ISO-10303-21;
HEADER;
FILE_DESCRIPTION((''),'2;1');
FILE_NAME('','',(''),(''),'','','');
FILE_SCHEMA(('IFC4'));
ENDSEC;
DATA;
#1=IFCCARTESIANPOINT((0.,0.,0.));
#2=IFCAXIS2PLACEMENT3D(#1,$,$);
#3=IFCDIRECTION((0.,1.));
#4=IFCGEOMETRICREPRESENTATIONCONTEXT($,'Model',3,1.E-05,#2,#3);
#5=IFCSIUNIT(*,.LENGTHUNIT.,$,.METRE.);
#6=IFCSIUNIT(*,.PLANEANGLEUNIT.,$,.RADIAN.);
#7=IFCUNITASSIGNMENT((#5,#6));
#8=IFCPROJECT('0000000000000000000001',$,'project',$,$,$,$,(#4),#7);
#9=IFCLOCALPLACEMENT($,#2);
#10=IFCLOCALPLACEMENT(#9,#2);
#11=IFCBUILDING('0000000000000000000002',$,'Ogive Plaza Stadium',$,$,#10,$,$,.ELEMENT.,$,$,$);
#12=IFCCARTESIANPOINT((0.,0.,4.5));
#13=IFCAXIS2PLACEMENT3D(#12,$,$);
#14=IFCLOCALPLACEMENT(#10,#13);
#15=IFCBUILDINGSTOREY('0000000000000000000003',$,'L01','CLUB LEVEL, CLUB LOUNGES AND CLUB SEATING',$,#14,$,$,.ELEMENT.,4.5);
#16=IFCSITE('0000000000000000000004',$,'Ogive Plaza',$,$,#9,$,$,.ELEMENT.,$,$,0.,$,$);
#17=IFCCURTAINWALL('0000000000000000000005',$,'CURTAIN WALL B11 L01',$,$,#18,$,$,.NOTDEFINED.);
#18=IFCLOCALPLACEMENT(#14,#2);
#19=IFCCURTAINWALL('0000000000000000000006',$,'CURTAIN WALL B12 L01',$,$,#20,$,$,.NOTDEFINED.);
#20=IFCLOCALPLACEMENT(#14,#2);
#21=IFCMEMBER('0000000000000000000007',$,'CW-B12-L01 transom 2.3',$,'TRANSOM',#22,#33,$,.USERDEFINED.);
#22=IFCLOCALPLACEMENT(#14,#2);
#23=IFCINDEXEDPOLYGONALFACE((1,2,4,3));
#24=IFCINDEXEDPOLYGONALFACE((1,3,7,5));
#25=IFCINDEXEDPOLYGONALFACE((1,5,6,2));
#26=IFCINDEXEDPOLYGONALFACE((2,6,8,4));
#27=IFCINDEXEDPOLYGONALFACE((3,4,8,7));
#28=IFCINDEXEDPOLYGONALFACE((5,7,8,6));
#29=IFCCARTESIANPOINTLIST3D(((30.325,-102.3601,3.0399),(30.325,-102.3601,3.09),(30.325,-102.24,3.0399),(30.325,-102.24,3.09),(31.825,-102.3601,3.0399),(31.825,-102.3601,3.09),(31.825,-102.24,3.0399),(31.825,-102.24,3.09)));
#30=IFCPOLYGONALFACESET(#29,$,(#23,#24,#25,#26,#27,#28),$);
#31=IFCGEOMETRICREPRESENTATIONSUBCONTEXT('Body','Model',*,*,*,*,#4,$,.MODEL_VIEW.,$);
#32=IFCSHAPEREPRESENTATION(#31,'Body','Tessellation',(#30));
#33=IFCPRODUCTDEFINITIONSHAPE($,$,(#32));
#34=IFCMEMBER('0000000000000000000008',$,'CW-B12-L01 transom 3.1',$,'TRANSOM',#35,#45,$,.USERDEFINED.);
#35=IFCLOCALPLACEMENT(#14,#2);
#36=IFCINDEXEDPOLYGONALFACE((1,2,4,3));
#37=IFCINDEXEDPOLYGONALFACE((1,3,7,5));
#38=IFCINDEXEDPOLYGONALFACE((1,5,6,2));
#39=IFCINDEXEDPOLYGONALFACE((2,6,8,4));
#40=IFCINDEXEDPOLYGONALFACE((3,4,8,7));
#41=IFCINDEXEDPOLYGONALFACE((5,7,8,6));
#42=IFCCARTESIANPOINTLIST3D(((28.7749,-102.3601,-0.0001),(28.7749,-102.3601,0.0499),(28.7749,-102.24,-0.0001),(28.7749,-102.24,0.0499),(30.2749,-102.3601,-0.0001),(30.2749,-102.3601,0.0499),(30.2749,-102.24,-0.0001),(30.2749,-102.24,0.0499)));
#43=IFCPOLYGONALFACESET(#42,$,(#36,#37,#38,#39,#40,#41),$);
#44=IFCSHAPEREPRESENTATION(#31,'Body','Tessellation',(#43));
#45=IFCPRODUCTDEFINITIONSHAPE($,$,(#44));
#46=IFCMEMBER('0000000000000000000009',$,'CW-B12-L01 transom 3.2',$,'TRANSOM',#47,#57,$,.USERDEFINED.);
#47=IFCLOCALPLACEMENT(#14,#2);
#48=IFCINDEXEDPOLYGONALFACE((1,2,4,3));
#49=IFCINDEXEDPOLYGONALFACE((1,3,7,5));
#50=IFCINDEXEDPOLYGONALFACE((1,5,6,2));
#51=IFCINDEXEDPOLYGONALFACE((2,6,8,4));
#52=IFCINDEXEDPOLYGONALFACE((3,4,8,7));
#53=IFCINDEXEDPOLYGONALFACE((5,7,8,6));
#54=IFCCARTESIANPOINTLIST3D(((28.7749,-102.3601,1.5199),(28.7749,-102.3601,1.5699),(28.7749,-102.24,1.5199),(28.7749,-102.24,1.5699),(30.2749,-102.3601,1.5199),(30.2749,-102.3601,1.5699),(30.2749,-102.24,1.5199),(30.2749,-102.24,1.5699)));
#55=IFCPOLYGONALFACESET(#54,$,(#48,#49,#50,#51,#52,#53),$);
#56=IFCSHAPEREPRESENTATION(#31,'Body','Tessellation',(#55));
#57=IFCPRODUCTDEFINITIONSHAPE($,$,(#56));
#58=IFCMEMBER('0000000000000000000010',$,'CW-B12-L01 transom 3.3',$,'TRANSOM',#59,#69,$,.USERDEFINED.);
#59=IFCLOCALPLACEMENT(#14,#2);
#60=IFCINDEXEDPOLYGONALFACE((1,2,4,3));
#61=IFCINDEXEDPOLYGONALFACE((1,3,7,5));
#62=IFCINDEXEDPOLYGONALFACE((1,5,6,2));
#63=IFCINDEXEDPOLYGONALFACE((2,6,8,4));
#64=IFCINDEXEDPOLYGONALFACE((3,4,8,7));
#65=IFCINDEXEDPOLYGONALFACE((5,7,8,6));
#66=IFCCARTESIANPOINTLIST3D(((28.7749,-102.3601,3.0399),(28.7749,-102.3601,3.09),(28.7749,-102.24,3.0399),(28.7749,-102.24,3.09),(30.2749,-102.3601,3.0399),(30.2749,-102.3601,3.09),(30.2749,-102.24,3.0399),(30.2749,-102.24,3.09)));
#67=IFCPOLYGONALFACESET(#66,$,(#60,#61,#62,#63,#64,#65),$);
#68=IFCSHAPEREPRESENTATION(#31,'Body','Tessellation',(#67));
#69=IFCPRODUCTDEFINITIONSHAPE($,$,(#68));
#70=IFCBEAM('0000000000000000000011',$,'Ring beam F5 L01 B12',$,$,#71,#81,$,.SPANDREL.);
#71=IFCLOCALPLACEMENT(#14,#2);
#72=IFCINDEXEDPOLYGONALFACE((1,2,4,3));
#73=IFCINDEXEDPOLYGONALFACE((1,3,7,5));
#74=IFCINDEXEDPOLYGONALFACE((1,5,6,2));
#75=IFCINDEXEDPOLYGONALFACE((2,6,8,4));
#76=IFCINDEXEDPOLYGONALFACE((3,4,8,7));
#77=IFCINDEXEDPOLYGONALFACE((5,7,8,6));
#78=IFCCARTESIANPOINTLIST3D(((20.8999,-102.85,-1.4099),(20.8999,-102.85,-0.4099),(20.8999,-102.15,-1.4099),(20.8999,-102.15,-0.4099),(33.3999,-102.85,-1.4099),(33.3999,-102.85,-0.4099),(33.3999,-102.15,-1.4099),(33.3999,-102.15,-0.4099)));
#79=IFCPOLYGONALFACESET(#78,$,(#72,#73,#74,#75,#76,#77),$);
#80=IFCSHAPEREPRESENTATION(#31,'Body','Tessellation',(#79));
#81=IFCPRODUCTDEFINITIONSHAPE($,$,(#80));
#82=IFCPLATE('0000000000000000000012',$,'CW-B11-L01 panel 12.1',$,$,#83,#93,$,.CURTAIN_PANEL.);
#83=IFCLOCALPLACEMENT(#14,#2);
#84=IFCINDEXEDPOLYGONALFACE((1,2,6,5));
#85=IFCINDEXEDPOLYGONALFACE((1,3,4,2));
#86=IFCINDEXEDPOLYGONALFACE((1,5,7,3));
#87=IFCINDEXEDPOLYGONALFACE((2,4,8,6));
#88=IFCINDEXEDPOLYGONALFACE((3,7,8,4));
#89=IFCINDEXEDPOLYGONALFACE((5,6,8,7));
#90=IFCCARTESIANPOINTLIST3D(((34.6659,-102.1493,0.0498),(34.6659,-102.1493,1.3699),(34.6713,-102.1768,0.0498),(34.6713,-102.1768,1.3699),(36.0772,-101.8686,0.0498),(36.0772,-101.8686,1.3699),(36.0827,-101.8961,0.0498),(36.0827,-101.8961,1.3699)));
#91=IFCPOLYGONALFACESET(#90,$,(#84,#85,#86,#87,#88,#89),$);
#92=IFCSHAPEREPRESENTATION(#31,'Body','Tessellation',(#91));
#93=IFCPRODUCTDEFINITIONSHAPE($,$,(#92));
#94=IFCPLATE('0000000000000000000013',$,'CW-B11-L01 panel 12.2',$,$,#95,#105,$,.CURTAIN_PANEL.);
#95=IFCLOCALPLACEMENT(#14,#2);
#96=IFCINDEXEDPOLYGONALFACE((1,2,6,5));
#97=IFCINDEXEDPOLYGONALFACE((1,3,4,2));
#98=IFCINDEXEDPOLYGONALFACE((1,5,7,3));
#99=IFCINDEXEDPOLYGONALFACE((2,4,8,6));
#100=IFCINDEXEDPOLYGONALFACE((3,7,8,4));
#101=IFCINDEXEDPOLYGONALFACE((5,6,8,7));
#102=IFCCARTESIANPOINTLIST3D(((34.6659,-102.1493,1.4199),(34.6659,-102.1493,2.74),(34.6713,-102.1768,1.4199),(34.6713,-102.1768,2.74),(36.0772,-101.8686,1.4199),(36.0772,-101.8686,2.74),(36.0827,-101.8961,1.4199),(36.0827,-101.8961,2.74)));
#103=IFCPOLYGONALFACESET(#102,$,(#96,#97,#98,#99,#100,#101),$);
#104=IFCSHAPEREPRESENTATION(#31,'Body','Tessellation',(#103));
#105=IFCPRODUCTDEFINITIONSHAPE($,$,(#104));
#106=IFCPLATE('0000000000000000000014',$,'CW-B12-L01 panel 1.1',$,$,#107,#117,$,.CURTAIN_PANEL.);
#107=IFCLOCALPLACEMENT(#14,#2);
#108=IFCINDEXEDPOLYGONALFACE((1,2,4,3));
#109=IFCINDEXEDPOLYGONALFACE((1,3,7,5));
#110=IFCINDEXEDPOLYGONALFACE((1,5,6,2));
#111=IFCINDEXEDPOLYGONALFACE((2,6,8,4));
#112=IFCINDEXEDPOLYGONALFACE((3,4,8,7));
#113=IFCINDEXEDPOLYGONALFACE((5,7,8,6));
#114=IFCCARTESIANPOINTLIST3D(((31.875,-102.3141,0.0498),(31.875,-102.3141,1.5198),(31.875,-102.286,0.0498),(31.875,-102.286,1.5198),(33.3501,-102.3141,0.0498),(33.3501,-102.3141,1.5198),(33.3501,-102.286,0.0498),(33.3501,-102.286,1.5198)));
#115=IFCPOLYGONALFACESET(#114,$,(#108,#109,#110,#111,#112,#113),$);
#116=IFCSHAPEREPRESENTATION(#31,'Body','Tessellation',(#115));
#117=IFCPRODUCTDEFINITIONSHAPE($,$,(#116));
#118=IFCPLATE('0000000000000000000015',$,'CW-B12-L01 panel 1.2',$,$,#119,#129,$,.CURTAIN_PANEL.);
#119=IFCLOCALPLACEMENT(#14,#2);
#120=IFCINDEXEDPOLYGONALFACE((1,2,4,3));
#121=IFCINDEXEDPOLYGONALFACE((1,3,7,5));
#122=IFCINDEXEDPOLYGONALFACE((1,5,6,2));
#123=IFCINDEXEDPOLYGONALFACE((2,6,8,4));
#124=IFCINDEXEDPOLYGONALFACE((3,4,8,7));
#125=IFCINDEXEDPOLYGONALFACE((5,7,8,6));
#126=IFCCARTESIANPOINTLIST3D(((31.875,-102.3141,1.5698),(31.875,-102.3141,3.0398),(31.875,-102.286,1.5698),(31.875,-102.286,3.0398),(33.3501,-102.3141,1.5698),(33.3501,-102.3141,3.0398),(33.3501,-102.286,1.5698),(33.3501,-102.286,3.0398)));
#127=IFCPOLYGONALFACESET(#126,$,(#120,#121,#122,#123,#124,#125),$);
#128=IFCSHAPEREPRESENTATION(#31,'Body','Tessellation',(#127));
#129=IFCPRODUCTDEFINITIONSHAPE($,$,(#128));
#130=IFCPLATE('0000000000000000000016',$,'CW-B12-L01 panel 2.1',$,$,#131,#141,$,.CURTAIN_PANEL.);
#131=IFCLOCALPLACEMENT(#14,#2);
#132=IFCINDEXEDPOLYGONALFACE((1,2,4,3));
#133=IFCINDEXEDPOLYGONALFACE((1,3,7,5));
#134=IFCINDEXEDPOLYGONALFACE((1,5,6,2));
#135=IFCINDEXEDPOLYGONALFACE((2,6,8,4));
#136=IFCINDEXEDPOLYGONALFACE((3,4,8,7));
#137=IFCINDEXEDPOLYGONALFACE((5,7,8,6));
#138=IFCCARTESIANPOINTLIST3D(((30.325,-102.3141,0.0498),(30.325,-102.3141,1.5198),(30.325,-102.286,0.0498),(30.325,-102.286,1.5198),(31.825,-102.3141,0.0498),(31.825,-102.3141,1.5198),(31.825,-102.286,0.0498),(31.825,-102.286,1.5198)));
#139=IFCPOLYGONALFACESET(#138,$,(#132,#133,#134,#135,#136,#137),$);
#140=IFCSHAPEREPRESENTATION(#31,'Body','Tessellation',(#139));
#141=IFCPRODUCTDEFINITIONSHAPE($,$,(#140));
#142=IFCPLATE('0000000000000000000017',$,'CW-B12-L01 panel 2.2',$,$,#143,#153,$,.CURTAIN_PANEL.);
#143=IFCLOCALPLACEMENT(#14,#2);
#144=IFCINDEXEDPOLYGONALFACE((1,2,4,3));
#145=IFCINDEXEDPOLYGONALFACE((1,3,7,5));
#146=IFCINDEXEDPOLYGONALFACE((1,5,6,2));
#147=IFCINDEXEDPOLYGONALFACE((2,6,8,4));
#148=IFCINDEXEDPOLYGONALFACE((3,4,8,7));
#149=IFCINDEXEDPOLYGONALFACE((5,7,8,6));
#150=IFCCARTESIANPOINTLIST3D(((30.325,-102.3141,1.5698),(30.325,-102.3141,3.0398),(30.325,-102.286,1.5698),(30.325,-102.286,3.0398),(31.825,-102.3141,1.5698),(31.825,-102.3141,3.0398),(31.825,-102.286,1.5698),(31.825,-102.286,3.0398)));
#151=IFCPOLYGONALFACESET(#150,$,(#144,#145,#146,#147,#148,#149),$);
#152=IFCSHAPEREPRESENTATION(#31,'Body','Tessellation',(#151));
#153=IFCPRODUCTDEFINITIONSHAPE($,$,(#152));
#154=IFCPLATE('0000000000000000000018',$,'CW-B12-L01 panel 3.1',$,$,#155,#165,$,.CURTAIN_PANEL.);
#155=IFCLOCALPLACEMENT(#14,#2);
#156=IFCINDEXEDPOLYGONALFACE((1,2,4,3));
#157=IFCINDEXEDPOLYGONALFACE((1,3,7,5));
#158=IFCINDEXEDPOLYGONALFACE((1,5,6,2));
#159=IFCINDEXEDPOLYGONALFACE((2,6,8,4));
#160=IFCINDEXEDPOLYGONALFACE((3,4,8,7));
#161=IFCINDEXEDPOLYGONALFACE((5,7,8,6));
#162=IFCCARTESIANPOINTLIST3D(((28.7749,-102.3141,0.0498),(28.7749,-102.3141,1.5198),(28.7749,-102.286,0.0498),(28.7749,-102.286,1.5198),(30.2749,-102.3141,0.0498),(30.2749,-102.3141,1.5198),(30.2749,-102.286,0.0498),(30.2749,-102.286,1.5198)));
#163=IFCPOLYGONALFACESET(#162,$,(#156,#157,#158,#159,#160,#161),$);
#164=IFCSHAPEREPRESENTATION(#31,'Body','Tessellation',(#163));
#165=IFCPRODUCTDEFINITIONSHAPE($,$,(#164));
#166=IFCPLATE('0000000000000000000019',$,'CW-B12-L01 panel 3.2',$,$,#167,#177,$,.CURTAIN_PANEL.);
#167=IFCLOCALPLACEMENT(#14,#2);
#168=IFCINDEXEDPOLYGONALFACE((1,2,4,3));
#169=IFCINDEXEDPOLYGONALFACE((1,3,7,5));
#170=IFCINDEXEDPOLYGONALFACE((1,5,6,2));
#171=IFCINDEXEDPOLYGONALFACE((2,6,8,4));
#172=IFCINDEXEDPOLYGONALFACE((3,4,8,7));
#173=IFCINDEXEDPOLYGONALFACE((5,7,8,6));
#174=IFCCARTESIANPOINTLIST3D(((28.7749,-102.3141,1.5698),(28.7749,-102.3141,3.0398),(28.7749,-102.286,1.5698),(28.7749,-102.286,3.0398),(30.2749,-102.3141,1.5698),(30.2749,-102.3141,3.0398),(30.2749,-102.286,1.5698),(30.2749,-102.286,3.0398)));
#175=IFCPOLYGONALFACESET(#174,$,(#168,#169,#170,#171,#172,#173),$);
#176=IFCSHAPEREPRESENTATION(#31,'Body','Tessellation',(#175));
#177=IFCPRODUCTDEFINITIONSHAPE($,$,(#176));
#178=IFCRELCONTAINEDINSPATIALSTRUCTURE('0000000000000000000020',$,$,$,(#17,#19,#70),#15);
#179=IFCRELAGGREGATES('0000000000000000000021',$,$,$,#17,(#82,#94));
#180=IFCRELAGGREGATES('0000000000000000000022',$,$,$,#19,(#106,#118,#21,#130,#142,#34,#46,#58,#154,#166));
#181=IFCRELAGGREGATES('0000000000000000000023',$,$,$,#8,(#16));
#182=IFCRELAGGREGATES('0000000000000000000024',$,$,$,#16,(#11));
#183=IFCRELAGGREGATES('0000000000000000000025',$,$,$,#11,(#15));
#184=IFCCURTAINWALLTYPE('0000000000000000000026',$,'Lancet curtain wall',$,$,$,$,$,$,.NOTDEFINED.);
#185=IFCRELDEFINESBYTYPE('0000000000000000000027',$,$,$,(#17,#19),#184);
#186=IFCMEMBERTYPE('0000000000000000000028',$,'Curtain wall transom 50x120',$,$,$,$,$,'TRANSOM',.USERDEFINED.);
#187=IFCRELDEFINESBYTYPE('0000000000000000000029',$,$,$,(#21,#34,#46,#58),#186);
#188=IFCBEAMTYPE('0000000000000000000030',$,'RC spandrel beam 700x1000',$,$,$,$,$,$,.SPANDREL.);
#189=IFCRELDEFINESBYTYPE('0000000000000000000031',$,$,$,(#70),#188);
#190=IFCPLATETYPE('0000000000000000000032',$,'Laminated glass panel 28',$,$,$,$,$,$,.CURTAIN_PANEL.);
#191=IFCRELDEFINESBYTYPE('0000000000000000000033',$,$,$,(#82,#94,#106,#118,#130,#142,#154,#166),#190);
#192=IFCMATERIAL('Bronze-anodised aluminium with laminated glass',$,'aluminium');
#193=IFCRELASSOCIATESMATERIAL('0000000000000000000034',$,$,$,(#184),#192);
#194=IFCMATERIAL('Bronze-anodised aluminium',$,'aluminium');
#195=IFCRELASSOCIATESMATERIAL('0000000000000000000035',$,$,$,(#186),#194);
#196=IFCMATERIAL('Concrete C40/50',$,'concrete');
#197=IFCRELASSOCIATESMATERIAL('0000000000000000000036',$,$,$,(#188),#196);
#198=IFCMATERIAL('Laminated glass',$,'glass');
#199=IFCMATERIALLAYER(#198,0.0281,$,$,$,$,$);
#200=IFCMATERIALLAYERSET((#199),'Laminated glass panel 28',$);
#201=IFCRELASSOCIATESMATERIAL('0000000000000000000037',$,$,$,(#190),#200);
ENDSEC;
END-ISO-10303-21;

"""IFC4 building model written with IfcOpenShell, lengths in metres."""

from ifc_helpers import new_model, si_unit, direction, frame, origin, origin_2d, place, context, subcontext, project, spatial, rectangle, extrude, material, layer, layer_set, material_profile, profile_set, type_object, element, aggregate, save


model = new_model("IFC4")

# Units and contexts
model_context = context("Model", 3, precision=1e-05, world=origin(), true_north=direction((0.0, 1.0)))
body_context = subcontext(model_context, "Body", "Model", "MODEL_VIEW")
ifc_project = project(units=[si_unit("LENGTHUNIT", "METRE"), si_unit("PLANEANGLEUNIT", "RADIAN")], contexts=[model_context])

# Site, building, storey
site_placement = place(None, origin())
site = spatial("IfcSite", under=ifc_project, at=site_placement, Name="Ogive Plaza", CompositionType="ELEMENT", RefElevation=0.0)
building_placement = place(site_placement, origin())
building = spatial("IfcBuilding", under=site, at=building_placement, Name="Ogive Plaza Stadium", CompositionType="ELEMENT")
storey_placement = place(building_placement, frame((0.0, 0.0, 4.5)))
storey = spatial("IfcBuildingStorey", under=building, at=storey_placement, Name="L01", Description="CLUB LEVEL, CLUB LOUNGES AND CLUB SEATING", CompositionType="ELEMENT", Elevation=4.5)

# Curtain wall
ifc_material_1 = material(Name="Bronze-anodised aluminium with laminated glass", Category="aluminium")
curtain_wall_type = type_object("IfcCurtainWallType", Name="Lancet curtain wall", PredefinedType="NOTDEFINED", material=ifc_material_1)
curtain_wall_1_placement = place(storey_placement, origin())
curtain_wall_1 = element("IfcCurtainWall", 1, at=curtain_wall_1_placement, inside=storey, type_object=curtain_wall_type, Name="CURTAIN WALL B11 L01", PredefinedType="NOTDEFINED")

# Curtain wall
curtain_wall_2_placement = place(storey_placement, origin())
curtain_wall_2 = element("IfcCurtainWall", 2, at=curtain_wall_2_placement, inside=storey, type_object=curtain_wall_type, Name="CURTAIN WALL B12 L01", PredefinedType="NOTDEFINED")

# Members
ifc_material_2 = material(Name="Bronze-anodised aluminium", Category="aluminium")
ifc_material_profile_1 = material_profile(ifc_material_2, rectangle(XDim=0.1201, YDim=0.05, at=origin_2d()), Name="AL 120x50")
ifc_profile_set_1 = profile_set([ifc_material_profile_1], Name="Bronze-anodised aluminium")
member_type_1 = type_object("IfcMemberType", Name="Curtain wall transom 50x120", ElementType="TRANSOM", PredefinedType="USERDEFINED", material=ifc_profile_set_1)
member_1_placement = place(storey_placement, frame((31.825, -102.3, 3.0649), z_axis=(-1.0, 0.0, 0.0), x_axis=(0.0, -1.0, 0.0)))
member_1 = element("IfcMember", 3, at=member_1_placement, type_object=member_type_1, Name="CW-B12-L01 transom 2.3", ObjectType="TRANSOM", PredefinedType="USERDEFINED", context=body_context, shape_type="SweptSolid", body=[
    extrude(rectangle(XDim=0.1201, YDim=0.05, at=origin_2d()), origin(), (0.0, 0.0, 1.0), 1.5),
])
member_2_placement = place(storey_placement, frame((30.2749, -102.3, 0.0249), z_axis=(-1.0, 0.0, 0.0), x_axis=(0.0, -1.0, 0.0)))
member_2 = element("IfcMember", 4, at=member_2_placement, type_object=member_type_1, Name="CW-B12-L01 transom 3.1", ObjectType="TRANSOM", PredefinedType="USERDEFINED", context=body_context, shape_type="SweptSolid", body=[
    extrude(rectangle(XDim=0.1201, YDim=0.05, at=origin_2d()), origin(), (0.0, 0.0, 1.0), 1.5),
])
member_3_placement = place(storey_placement, frame((30.2749, -102.3, 1.5449), z_axis=(-1.0, 0.0, 0.0), x_axis=(0.0, -1.0, 0.0)))
member_3 = element("IfcMember", 5, at=member_3_placement, type_object=member_type_1, Name="CW-B12-L01 transom 3.2", ObjectType="TRANSOM", PredefinedType="USERDEFINED", context=body_context, shape_type="SweptSolid", body=[
    extrude(rectangle(XDim=0.1201, YDim=0.05, at=origin_2d()), origin(), (0.0, 0.0, 1.0), 1.5),
])
member_4_placement = place(storey_placement, frame((30.2749, -102.3, 3.0649), z_axis=(-1.0, 0.0, 0.0), x_axis=(0.0, -1.0, 0.0)))
member_4 = element("IfcMember", 6, at=member_4_placement, type_object=member_type_1, Name="CW-B12-L01 transom 3.3", ObjectType="TRANSOM", PredefinedType="USERDEFINED", context=body_context, shape_type="SweptSolid", body=[
    extrude(rectangle(XDim=0.1201, YDim=0.05, at=origin_2d()), origin(), (0.0, 0.0, 1.0), 1.5),
])

# Beam
ifc_material_3 = material(Name="Concrete C40/50", Category="concrete")
ifc_material_profile_2 = material_profile(ifc_material_3, rectangle(XDim=0.7, YDim=1.0, at=origin_2d()), Name="RC 700x1000")
ifc_profile_set_2 = profile_set([ifc_material_profile_2], Name="Concrete C40/50")
beam_type = type_object("IfcBeamType", Name="RC spandrel beam 700x1000", PredefinedType="SPANDREL", material=ifc_profile_set_2)
beam_placement = place(storey_placement, frame((33.3999, -102.5, -0.9099), z_axis=(-1.0, 0.0, 0.0), x_axis=(0.0, -1.0, 0.0)))
element("IfcBeam", 7, at=beam_placement, inside=storey, type_object=beam_type, Name="Ring beam F5 L01 B12", PredefinedType="SPANDREL", context=body_context, shape_type="SweptSolid", body=[
    extrude(rectangle(XDim=0.7, YDim=1.0, at=origin_2d()), origin(), (0.0, 0.0, 1.0), 12.5),
])

# Plates
ifc_material_4 = material(Name="Laminated glass", Category="glass")
ifc_layer = layer(ifc_material_4, 0.0281)
ifc_layer_set = layer_set([ifc_layer], Name="Laminated glass panel 28")
plate_type = type_object("IfcPlateType", Name="Laminated glass panel 28", PredefinedType="CURTAIN_PANEL", material=ifc_layer_set)
plate_1_placement = place(storey_placement, frame((35.3743, -102.0227, 0.0498), z_axis=(0.0, 0.0, 1.0), x_axis=(-0.980785, -0.19509, 0.0)))
plate_1 = element("IfcPlate", 8, at=plate_1_placement, type_object=plate_type, Name="CW-B11-L01 panel 12.1", PredefinedType="CURTAIN_PANEL", context=body_context, shape_type="SweptSolid", body=[
    extrude(rectangle(XDim=1.439, YDim=0.0281, at=origin_2d()), origin(), (0.0, 0.0, 1.0), 1.3201),
])
plate_2_placement = place(storey_placement, frame((35.3743, -102.0227, 1.4199), z_axis=(0.0, 0.0, 1.0), x_axis=(-0.980785, -0.19509, 0.0)))
plate_2 = element("IfcPlate", 9, at=plate_2_placement, type_object=plate_type, Name="CW-B11-L01 panel 12.2", PredefinedType="CURTAIN_PANEL", context=body_context, shape_type="SweptSolid", body=[
    extrude(rectangle(XDim=1.439, YDim=0.0281, at=origin_2d()), origin(), (0.0, 0.0, 1.0), 1.3201),
])
aggregate(curtain_wall_1, [plate_1, plate_2])
plate_3_placement = place(storey_placement, frame((32.6125, -102.3, 0.0498), z_axis=(0.0, 0.0, 1.0), x_axis=(-1.0, 0.0, 0.0)))
plate_3 = element("IfcPlate", 10, at=plate_3_placement, type_object=plate_type, Name="CW-B12-L01 panel 1.1", PredefinedType="CURTAIN_PANEL", context=body_context, shape_type="SweptSolid", body=[
    extrude(rectangle(XDim=1.4751, YDim=0.0281, at=origin_2d()), origin(), (0.0, 0.0, 1.0), 1.47),
])
plate_4_placement = place(storey_placement, frame((32.6125, -102.3, 1.5698), z_axis=(0.0, 0.0, 1.0), x_axis=(-1.0, 0.0, 0.0)))
plate_4 = element("IfcPlate", 11, at=plate_4_placement, type_object=plate_type, Name="CW-B12-L01 panel 1.2", PredefinedType="CURTAIN_PANEL", context=body_context, shape_type="SweptSolid", body=[
    extrude(rectangle(XDim=1.4751, YDim=0.0281, at=origin_2d()), origin(), (0.0, 0.0, 1.0), 1.47),
])
plate_5_placement = place(storey_placement, frame((31.075, -102.3, 0.0498), z_axis=(0.0, 0.0, 1.0), x_axis=(-1.0, 0.0, 0.0)))
plate_5 = element("IfcPlate", 12, at=plate_5_placement, type_object=plate_type, Name="CW-B12-L01 panel 2.1", PredefinedType="CURTAIN_PANEL", context=body_context, shape_type="SweptSolid", body=[
    extrude(rectangle(XDim=1.5, YDim=0.0281, at=origin_2d()), origin(), (0.0, 0.0, 1.0), 1.47),
])
plate_6_placement = place(storey_placement, frame((31.075, -102.3, 1.5698), z_axis=(0.0, 0.0, 1.0), x_axis=(-1.0, 0.0, 0.0)))
plate_6 = element("IfcPlate", 13, at=plate_6_placement, type_object=plate_type, Name="CW-B12-L01 panel 2.2", PredefinedType="CURTAIN_PANEL", context=body_context, shape_type="SweptSolid", body=[
    extrude(rectangle(XDim=1.5, YDim=0.0281, at=origin_2d()), origin(), (0.0, 0.0, 1.0), 1.47),
])
plate_7_placement = place(storey_placement, frame((29.5249, -102.3, 0.0498), z_axis=(0.0, 0.0, 1.0), x_axis=(-1.0, 0.0, 0.0)))
plate_7 = element("IfcPlate", 14, at=plate_7_placement, type_object=plate_type, Name="CW-B12-L01 panel 3.1", PredefinedType="CURTAIN_PANEL", context=body_context, shape_type="SweptSolid", body=[
    extrude(rectangle(XDim=1.5, YDim=0.0281, at=origin_2d()), origin(), (0.0, 0.0, 1.0), 1.47),
])
plate_8_placement = place(storey_placement, frame((29.5249, -102.3, 1.5698), z_axis=(0.0, 0.0, 1.0), x_axis=(-1.0, 0.0, 0.0)))
plate_8 = element("IfcPlate", 15, at=plate_8_placement, type_object=plate_type, Name="CW-B12-L01 panel 3.2", PredefinedType="CURTAIN_PANEL", context=body_context, shape_type="SweptSolid", body=[
    extrude(rectangle(XDim=1.5, YDim=0.0281, at=origin_2d()), origin(), (0.0, 0.0, 1.0), 1.47),
])
aggregate(curtain_wall_2, [plate_3, plate_4, member_1, plate_5, plate_6, member_2, member_3, member_4, plate_7, plate_8])

save(model, "model.ifc")
